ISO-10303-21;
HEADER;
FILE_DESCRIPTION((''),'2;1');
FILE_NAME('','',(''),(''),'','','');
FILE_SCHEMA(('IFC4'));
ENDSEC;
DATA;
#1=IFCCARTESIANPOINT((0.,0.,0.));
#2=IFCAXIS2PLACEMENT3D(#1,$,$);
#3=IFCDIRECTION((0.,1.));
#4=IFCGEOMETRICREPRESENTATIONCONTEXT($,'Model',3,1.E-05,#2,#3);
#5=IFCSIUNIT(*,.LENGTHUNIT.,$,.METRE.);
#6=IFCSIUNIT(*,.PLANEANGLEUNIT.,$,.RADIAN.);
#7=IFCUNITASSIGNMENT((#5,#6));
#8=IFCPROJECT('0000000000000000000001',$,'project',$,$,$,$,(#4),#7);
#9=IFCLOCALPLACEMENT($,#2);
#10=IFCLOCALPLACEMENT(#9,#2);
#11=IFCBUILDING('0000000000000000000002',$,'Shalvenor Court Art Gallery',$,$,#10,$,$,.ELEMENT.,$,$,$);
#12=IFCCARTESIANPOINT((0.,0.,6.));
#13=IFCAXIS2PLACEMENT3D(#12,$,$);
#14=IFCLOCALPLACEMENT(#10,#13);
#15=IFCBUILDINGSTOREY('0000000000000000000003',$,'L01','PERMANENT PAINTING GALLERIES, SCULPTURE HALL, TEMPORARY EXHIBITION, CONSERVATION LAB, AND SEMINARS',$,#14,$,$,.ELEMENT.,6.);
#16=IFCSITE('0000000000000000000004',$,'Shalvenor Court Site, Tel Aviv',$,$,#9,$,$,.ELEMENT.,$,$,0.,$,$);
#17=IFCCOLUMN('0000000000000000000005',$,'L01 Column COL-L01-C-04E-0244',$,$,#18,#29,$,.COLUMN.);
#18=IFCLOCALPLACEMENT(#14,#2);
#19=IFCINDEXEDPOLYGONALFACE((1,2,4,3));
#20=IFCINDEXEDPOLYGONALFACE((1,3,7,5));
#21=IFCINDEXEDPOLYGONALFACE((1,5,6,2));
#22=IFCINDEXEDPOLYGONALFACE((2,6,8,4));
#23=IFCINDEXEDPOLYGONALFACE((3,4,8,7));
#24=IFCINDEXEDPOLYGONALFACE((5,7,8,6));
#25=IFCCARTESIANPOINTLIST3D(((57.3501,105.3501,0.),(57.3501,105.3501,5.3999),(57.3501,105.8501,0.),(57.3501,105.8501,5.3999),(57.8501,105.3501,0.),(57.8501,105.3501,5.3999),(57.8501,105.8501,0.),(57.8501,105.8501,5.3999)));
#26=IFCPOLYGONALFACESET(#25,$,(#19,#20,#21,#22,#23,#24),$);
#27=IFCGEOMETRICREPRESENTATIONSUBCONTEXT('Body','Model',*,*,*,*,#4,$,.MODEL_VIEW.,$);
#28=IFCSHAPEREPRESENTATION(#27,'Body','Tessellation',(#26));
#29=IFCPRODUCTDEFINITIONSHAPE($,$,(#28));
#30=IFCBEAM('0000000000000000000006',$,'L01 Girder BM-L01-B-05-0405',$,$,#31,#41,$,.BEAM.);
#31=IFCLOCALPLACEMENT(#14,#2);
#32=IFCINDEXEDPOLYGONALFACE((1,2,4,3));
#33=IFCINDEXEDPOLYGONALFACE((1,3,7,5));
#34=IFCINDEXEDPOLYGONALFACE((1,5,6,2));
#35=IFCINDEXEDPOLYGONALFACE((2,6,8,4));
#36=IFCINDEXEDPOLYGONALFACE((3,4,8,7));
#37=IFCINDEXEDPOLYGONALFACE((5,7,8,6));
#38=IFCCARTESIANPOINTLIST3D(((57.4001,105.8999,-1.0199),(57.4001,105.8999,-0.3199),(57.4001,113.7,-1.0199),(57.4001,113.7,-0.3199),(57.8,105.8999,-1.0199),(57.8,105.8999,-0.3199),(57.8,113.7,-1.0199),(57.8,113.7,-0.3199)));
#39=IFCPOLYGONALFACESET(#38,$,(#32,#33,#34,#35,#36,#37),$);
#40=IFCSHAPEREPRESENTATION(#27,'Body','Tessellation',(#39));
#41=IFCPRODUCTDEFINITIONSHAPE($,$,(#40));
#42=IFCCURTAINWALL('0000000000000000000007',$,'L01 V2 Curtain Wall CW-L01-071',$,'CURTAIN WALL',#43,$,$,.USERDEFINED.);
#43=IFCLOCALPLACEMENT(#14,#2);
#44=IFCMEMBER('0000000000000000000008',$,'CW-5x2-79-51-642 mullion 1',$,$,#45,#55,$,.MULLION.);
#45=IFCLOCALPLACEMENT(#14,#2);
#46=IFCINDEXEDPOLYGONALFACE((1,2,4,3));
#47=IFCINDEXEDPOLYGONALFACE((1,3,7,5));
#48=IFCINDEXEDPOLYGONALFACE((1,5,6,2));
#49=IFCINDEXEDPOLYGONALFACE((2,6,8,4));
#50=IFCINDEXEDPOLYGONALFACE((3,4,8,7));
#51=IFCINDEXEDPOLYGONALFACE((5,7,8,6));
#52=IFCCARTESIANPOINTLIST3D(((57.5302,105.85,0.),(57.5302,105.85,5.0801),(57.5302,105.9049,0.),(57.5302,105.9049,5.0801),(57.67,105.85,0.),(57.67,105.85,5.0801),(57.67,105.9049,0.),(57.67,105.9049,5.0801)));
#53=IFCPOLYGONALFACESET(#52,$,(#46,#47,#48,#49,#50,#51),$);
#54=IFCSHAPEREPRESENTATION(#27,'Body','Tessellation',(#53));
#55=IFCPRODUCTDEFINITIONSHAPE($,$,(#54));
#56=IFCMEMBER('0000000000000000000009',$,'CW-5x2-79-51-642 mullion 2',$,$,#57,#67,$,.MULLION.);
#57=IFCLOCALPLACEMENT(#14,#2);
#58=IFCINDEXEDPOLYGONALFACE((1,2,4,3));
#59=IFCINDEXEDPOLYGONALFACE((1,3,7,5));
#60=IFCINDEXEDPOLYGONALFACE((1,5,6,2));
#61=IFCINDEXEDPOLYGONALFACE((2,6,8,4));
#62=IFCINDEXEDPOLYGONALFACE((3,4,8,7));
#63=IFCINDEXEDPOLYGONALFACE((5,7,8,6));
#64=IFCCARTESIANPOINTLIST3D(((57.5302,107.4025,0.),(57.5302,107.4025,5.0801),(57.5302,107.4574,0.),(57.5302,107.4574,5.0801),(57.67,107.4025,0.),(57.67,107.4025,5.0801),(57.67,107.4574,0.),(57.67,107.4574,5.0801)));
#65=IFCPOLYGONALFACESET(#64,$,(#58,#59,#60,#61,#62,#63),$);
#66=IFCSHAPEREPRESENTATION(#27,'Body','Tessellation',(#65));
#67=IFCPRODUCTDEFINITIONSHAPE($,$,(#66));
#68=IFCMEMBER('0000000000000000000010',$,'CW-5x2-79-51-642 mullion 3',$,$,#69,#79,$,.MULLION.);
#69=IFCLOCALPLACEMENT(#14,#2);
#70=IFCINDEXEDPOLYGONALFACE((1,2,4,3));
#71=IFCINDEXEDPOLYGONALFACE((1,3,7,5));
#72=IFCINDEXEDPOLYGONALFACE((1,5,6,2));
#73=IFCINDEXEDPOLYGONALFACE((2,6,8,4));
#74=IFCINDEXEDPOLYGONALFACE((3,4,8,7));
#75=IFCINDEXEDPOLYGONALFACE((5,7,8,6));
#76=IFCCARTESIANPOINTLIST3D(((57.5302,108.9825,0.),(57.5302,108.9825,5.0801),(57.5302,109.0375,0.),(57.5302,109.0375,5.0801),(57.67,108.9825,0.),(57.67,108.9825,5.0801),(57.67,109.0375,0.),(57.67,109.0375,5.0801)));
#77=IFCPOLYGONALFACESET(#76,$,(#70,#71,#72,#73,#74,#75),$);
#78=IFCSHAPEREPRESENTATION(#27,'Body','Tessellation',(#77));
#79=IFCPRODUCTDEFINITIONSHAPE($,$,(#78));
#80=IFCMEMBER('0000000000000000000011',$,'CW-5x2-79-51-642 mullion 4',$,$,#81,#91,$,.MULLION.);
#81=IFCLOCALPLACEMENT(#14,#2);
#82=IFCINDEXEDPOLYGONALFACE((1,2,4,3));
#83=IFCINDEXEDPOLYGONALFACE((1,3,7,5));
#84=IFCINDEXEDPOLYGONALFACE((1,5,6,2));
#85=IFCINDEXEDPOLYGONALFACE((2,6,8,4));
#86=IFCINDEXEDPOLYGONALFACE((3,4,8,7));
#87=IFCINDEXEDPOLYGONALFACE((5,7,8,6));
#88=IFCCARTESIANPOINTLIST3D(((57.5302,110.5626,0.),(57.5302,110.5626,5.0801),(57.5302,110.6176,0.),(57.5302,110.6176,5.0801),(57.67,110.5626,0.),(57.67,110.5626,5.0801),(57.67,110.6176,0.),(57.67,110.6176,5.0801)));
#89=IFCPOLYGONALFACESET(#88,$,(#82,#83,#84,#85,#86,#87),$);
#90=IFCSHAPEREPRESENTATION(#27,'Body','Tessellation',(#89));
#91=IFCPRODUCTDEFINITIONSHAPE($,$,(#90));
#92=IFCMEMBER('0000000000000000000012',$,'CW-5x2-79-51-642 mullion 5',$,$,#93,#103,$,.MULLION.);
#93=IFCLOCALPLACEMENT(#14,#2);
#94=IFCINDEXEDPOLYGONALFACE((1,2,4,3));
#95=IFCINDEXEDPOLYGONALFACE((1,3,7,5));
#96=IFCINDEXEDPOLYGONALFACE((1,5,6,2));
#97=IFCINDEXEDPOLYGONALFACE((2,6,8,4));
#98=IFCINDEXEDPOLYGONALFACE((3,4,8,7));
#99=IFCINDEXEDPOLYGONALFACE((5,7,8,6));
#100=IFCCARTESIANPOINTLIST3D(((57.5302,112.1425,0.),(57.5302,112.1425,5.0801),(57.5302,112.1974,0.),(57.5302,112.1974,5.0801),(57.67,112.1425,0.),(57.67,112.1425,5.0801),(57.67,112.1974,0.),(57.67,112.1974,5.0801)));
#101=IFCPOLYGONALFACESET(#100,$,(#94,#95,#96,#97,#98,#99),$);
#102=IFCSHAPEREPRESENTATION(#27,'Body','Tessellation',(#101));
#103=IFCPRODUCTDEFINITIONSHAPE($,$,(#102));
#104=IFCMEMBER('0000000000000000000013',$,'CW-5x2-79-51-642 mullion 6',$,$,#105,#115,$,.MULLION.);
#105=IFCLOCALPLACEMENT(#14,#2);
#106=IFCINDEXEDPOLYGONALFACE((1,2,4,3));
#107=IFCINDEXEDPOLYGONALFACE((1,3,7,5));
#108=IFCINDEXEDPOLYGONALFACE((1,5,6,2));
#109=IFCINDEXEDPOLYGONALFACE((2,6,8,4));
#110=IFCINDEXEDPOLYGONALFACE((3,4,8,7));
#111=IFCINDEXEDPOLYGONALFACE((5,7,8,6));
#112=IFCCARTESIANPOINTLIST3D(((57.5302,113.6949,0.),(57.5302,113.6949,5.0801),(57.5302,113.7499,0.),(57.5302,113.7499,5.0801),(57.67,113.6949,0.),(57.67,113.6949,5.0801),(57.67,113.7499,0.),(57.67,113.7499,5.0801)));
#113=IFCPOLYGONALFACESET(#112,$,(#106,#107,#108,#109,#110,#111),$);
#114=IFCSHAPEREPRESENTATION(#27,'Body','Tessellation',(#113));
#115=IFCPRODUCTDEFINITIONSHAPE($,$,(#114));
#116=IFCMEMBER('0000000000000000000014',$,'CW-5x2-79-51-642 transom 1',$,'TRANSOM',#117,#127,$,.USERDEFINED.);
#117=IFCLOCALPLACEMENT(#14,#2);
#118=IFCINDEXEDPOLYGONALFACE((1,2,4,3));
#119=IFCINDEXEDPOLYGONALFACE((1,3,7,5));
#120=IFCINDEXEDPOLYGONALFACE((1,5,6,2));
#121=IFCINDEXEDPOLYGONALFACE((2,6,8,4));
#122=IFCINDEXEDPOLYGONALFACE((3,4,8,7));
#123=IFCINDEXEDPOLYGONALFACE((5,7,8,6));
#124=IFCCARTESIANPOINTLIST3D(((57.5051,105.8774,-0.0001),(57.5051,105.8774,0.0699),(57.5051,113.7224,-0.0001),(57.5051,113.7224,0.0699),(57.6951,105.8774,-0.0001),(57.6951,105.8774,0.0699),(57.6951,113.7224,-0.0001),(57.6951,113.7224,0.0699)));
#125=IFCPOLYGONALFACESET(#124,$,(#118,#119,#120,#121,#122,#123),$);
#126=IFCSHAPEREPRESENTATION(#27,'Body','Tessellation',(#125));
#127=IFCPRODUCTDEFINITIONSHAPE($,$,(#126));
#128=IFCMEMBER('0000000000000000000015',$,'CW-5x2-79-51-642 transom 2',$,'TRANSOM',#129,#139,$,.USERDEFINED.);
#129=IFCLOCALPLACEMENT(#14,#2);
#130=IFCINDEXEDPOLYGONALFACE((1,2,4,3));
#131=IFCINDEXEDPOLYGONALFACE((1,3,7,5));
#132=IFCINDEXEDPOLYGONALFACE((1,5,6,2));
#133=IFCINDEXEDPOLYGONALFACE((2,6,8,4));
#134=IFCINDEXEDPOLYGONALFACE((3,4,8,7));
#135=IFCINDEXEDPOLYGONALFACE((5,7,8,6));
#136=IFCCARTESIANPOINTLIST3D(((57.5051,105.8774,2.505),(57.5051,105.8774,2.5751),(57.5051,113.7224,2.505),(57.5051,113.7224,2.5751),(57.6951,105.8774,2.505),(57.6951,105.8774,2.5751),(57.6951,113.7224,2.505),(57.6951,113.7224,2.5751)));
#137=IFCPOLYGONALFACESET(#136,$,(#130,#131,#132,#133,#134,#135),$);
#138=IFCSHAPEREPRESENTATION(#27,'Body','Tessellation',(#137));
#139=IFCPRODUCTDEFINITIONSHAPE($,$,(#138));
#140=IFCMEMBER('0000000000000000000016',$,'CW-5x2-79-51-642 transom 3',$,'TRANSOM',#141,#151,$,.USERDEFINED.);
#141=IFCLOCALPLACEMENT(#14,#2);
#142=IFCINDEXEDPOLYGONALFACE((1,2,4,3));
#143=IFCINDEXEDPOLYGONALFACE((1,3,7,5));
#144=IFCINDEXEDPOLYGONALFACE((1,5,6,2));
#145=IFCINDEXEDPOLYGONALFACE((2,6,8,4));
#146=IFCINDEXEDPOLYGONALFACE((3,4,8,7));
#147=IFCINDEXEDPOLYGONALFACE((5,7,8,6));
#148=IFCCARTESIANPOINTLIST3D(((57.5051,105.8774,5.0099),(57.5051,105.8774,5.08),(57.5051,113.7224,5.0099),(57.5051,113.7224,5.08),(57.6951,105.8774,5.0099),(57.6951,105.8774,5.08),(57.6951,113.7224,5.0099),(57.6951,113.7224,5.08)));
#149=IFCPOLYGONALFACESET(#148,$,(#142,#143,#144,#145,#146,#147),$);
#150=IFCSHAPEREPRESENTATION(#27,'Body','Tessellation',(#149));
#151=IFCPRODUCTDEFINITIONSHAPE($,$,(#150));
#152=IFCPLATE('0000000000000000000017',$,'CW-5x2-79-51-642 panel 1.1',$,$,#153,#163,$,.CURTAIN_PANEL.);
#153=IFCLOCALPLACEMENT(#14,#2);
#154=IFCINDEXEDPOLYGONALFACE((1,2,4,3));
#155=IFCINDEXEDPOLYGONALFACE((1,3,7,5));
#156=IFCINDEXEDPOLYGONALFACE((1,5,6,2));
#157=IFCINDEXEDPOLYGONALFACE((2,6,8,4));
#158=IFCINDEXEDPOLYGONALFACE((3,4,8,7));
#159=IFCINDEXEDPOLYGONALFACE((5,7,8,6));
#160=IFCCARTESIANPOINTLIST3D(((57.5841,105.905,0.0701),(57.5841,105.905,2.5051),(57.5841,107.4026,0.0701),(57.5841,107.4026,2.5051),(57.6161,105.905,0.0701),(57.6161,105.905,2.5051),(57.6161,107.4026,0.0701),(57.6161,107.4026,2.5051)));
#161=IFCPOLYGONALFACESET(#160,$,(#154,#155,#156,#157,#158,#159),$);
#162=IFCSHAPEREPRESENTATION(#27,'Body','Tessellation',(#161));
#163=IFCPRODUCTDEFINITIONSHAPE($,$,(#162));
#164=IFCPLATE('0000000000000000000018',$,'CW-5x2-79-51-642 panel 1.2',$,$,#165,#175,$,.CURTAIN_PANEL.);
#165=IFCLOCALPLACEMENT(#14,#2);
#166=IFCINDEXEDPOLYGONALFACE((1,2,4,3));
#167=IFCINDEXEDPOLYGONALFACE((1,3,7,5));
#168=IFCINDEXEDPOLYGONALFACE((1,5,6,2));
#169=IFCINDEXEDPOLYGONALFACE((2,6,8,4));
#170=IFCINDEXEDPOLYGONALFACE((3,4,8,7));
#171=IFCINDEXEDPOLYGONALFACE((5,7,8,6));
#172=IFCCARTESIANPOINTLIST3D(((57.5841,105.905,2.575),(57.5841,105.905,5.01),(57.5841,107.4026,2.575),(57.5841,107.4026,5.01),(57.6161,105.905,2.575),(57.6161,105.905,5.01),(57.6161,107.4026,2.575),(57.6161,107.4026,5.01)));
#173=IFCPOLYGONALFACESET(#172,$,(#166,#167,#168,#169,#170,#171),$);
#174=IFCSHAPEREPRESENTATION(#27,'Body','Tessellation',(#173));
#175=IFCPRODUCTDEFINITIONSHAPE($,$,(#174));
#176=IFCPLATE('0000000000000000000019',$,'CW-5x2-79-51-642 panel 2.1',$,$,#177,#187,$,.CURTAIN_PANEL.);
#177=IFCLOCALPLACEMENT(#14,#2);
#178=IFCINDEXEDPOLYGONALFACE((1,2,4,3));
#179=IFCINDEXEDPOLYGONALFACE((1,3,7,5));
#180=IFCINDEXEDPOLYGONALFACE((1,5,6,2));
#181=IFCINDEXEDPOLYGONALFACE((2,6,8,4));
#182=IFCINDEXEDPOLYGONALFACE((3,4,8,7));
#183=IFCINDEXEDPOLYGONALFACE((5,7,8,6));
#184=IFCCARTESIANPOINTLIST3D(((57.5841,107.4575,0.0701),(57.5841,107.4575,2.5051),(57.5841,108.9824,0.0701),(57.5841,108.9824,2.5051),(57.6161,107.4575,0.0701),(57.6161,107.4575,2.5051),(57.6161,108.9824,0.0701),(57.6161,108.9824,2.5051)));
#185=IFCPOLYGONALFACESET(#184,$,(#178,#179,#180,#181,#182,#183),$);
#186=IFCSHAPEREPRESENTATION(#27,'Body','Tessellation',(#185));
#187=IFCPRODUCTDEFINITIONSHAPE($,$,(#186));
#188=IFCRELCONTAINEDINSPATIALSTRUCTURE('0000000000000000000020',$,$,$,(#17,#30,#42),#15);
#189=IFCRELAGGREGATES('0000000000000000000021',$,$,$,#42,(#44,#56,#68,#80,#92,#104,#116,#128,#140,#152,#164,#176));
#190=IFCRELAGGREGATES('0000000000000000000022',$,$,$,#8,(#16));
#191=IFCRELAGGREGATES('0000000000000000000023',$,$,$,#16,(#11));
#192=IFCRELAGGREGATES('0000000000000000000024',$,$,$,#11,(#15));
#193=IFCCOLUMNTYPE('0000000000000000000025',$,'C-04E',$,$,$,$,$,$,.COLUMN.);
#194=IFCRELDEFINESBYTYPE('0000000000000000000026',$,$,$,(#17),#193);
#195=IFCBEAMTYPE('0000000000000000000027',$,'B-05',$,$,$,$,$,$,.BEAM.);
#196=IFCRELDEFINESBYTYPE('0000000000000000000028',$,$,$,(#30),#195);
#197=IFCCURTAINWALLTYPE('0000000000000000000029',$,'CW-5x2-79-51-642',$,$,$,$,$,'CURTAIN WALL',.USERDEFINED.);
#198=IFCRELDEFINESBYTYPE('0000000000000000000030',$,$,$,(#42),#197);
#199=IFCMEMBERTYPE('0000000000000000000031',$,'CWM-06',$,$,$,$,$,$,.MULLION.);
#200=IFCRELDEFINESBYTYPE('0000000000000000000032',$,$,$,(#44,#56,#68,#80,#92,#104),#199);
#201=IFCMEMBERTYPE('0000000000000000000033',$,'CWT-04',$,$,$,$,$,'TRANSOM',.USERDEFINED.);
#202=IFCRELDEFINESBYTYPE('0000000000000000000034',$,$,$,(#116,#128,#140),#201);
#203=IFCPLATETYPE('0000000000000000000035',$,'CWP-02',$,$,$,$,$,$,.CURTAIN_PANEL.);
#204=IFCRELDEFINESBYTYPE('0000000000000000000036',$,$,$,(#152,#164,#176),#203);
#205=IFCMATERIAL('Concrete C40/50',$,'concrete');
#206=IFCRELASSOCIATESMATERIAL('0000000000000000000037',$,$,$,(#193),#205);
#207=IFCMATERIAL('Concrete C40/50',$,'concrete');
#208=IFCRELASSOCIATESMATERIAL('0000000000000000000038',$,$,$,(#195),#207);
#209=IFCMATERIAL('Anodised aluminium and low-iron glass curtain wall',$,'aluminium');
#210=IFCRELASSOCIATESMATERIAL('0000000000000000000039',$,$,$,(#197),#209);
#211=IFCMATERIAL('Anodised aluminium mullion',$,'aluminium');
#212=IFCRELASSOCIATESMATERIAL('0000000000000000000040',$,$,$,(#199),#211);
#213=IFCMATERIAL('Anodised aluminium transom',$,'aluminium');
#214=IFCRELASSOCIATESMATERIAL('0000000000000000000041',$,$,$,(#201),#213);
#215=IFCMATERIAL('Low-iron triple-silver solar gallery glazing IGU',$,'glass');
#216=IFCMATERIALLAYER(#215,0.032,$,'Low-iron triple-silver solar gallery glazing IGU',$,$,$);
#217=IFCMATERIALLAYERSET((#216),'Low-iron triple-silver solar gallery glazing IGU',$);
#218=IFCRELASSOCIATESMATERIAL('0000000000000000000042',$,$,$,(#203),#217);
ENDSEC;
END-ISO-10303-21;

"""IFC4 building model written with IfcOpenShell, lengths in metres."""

from ifc_helpers import new_model, si_unit, direction, frame, origin, origin_2d, place, context, subcontext, project, spatial, rectangle, extrude, material, layer, layer_set, material_profile, profile_set, type_object, element, aggregate, save


model = new_model("IFC4")

# Units and contexts
model_context = context("Model", 3, precision=1e-05, world=origin(), true_north=direction((0.0, 1.0)))
body_context = subcontext(model_context, "Body", "Model", "MODEL_VIEW")
ifc_project = project(units=[si_unit("LENGTHUNIT", "METRE"), si_unit("PLANEANGLEUNIT", "RADIAN")], contexts=[model_context])

# Site, building, storey
site_placement = place(None, origin())
site = spatial("IfcSite", under=ifc_project, at=site_placement, Name="Shalvenor Court Site, Tel Aviv", CompositionType="ELEMENT", RefElevation=0.0)
building_placement = place(site_placement, origin())
building = spatial("IfcBuilding", under=site, at=building_placement, Name="Shalvenor Court Art Gallery", CompositionType="ELEMENT")
storey_placement = place(building_placement, frame((0.0, 0.0, 6.0)))
storey = spatial("IfcBuildingStorey", under=building, at=storey_placement, Name="L01", Description="PERMANENT PAINTING GALLERIES, SCULPTURE HALL, TEMPORARY EXHIBITION, CONSERVATION LAB, AND SEMINARS", CompositionType="ELEMENT", Elevation=6.0)

# Column
ifc_material_1 = material(Name="Concrete C40/50", Category="concrete")
ifc_material_profile_1 = material_profile(ifc_material_1, rectangle(XDim=0.5, YDim=0.5, at=origin_2d()), Name="RC 500x500")
ifc_profile_set_1 = profile_set([ifc_material_profile_1], Name="Concrete C40/50")
column_type = type_object("IfcColumnType", Name="C-04E", PredefinedType="COLUMN", material=ifc_profile_set_1)
column_placement = place(storey_placement, frame((57.6001, 105.6001, 0.0), z_axis=(0.0, 0.0, 1.0), x_axis=(1.0, 0.0, 0.0)))
element("IfcColumn", 1, at=column_placement, inside=storey, type_object=column_type, Name="L01 Column COL-L01-C-04E-0244", PredefinedType="COLUMN", context=body_context, shape_type="SweptSolid", body=[
    extrude(rectangle(XDim=0.5, YDim=0.5, at=origin_2d()), origin(), (0.0, 0.0, 1.0), 5.3999),
])

# Beam
ifc_material_2 = material(Name="Concrete C40/50", Category="concrete")
ifc_material_profile_2 = material_profile(ifc_material_2, rectangle(XDim=0.3999, YDim=0.7, at=origin_2d()), Name="RC 400x700")
ifc_profile_set_2 = profile_set([ifc_material_profile_2], Name="Concrete C40/50")
beam_type = type_object("IfcBeamType", Name="B-05", PredefinedType="BEAM", material=ifc_profile_set_2)
beam_placement = place(storey_placement, frame((57.6001, 105.8999, -0.6699), z_axis=(0.0, 1.0, 0.0), x_axis=(-1.0, 0.0, 0.0)))
element("IfcBeam", 2, at=beam_placement, inside=storey, type_object=beam_type, Name="L01 Girder BM-L01-B-05-0405", PredefinedType="BEAM", context=body_context, shape_type="SweptSolid", body=[
    extrude(rectangle(XDim=0.3999, YDim=0.7, at=origin_2d()), origin(), (0.0, 0.0, 1.0), 7.8),
])

# Curtain wall, members, plates
ifc_material_3 = material(Name="Anodised aluminium and low-iron glass curtain wall", Category="aluminium")
curtain_wall_type = type_object("IfcCurtainWallType", Name="CW-5x2-79-51-642", ElementType="CURTAIN WALL", PredefinedType="USERDEFINED", material=ifc_material_3)
curtain_wall_placement = place(storey_placement, origin())
curtain_wall = element("IfcCurtainWall", 3, at=curtain_wall_placement, inside=storey, type_object=curtain_wall_type, Name="L01 V2 Curtain Wall CW-L01-071", ObjectType="CURTAIN WALL", PredefinedType="USERDEFINED")
ifc_material_4 = material(Name="Anodised aluminium mullion", Category="aluminium")
ifc_material_profile_3 = material_profile(ifc_material_4, rectangle(XDim=0.0549, YDim=0.1399, at=origin_2d()), Name="CWM-06")
ifc_profile_set_3 = profile_set([ifc_material_profile_3], Name="Anodised aluminium mullion")
member_type_1 = type_object("IfcMemberType", Name="CWM-06", PredefinedType="MULLION", material=ifc_profile_set_3)
member_1_placement = place(storey_placement, frame((57.6001, 105.8774, 0.0), z_axis=(0.0, 0.0, 1.0), x_axis=(0.0, 1.0, 0.0)))
member_1 = element("IfcMember", 4, at=member_1_placement, type_object=member_type_1, Name="CW-5x2-79-51-642 mullion 1", PredefinedType="MULLION", context=body_context, shape_type="SweptSolid", body=[
    extrude(rectangle(XDim=0.0549, YDim=0.1399, at=origin_2d()), origin(), (0.0, 0.0, 1.0), 5.0801),
])
member_2_placement = place(storey_placement, frame((57.6001, 107.4299, 0.0), z_axis=(0.0, 0.0, 1.0), x_axis=(0.0, 1.0, 0.0)))
member_2 = element("IfcMember", 5, at=member_2_placement, type_object=member_type_1, Name="CW-5x2-79-51-642 mullion 2", PredefinedType="MULLION", context=body_context, shape_type="SweptSolid", body=[
    extrude(rectangle(XDim=0.0549, YDim=0.1399, at=origin_2d()), origin(), (0.0, 0.0, 1.0), 5.0801),
])
member_3_placement = place(storey_placement, frame((57.6001, 109.01, 0.0), z_axis=(0.0, 0.0, 1.0), x_axis=(0.0, 1.0, 0.0)))
member_3 = element("IfcMember", 6, at=member_3_placement, type_object=member_type_1, Name="CW-5x2-79-51-642 mullion 3", PredefinedType="MULLION", context=body_context, shape_type="SweptSolid", body=[
    extrude(rectangle(XDim=0.0549, YDim=0.1399, at=origin_2d()), origin(), (0.0, 0.0, 1.0), 5.0801),
])
member_4_placement = place(storey_placement, frame((57.6001, 110.5901, 0.0), z_axis=(0.0, 0.0, 1.0), x_axis=(0.0, 1.0, 0.0)))
member_4 = element("IfcMember", 7, at=member_4_placement, type_object=member_type_1, Name="CW-5x2-79-51-642 mullion 4", PredefinedType="MULLION", context=body_context, shape_type="SweptSolid", body=[
    extrude(rectangle(XDim=0.0549, YDim=0.1399, at=origin_2d()), origin(), (0.0, 0.0, 1.0), 5.0801),
])
member_5_placement = place(storey_placement, frame((57.6001, 112.1699, 0.0), z_axis=(0.0, 0.0, 1.0), x_axis=(0.0, 1.0, 0.0)))
member_5 = element("IfcMember", 8, at=member_5_placement, type_object=member_type_1, Name="CW-5x2-79-51-642 mullion 5", PredefinedType="MULLION", context=body_context, shape_type="SweptSolid", body=[
    extrude(rectangle(XDim=0.0549, YDim=0.1399, at=origin_2d()), origin(), (0.0, 0.0, 1.0), 5.0801),
])
member_6_placement = place(storey_placement, frame((57.6001, 113.7224, 0.0), z_axis=(0.0, 0.0, 1.0), x_axis=(0.0, 1.0, 0.0)))
member_6 = element("IfcMember", 9, at=member_6_placement, type_object=member_type_1, Name="CW-5x2-79-51-642 mullion 6", PredefinedType="MULLION", context=body_context, shape_type="SweptSolid", body=[
    extrude(rectangle(XDim=0.0549, YDim=0.1399, at=origin_2d()), origin(), (0.0, 0.0, 1.0), 5.0801),
])
ifc_material_5 = material(Name="Anodised aluminium transom", Category="aluminium")
ifc_material_profile_4 = material_profile(ifc_material_5, rectangle(XDim=0.1899, YDim=0.0701, at=origin_2d()), Name="CWT-04")
ifc_profile_set_4 = profile_set([ifc_material_profile_4], Name="Anodised aluminium transom")
member_type_2 = type_object("IfcMemberType", Name="CWT-04", ElementType="TRANSOM", PredefinedType="USERDEFINED", material=ifc_profile_set_4)
member_7_placement = place(storey_placement, frame((57.6001, 105.8774, 0.0349), z_axis=(0.0, 1.0, 0.0), x_axis=(-1.0, 0.0, 0.0)))
member_7 = element("IfcMember", 10, at=member_7_placement, type_object=member_type_2, Name="CW-5x2-79-51-642 transom 1", ObjectType="TRANSOM", PredefinedType="USERDEFINED", context=body_context, shape_type="SweptSolid", body=[
    extrude(rectangle(XDim=0.1899, YDim=0.0701, at=origin_2d()), origin(), (0.0, 0.0, 1.0), 7.845),
])
member_8_placement = place(storey_placement, frame((57.6001, 105.8774, 2.54), z_axis=(0.0, 1.0, 0.0), x_axis=(-1.0, 0.0, 0.0)))
member_8 = element("IfcMember", 11, at=member_8_placement, type_object=member_type_2, Name="CW-5x2-79-51-642 transom 2", ObjectType="TRANSOM", PredefinedType="USERDEFINED", context=body_context, shape_type="SweptSolid", body=[
    extrude(rectangle(XDim=0.1899, YDim=0.0701, at=origin_2d()), origin(), (0.0, 0.0, 1.0), 7.845),
])
member_9_placement = place(storey_placement, frame((57.6001, 105.8774, 5.0449), z_axis=(0.0, 1.0, 0.0), x_axis=(-1.0, 0.0, 0.0)))
member_9 = element("IfcMember", 12, at=member_9_placement, type_object=member_type_2, Name="CW-5x2-79-51-642 transom 3", ObjectType="TRANSOM", PredefinedType="USERDEFINED", context=body_context, shape_type="SweptSolid", body=[
    extrude(rectangle(XDim=0.1899, YDim=0.0701, at=origin_2d()), origin(), (0.0, 0.0, 1.0), 7.845),
])
ifc_material_6 = material(Name="Low-iron triple-silver solar gallery glazing IGU", Category="glass")
ifc_layer_1 = layer(ifc_material_6, 0.032, Name="Low-iron triple-silver solar gallery glazing IGU")
ifc_layer_set_1 = layer_set([ifc_layer_1], Name="Low-iron triple-silver solar gallery glazing IGU")
plate_type_1 = type_object("IfcPlateType", Name="CWP-02", PredefinedType="CURTAIN_PANEL", material=ifc_layer_set_1)
plate_1_placement = place(storey_placement, frame((57.6001, 106.6538, 0.0701), z_axis=(0.0, 0.0, 1.0), x_axis=(0.0, 1.0, 0.0)))
plate_1 = element("IfcPlate", 13, at=plate_1_placement, type_object=plate_type_1, Name="CW-5x2-79-51-642 panel 1.1", PredefinedType="CURTAIN_PANEL", context=body_context, shape_type="SweptSolid", body=[
    extrude(rectangle(XDim=1.4976, YDim=0.032, at=origin_2d()), origin(), (0.0, 0.0, 1.0), 2.4351),
])
plate_2_placement = place(storey_placement, frame((57.6001, 106.6538, 2.575), z_axis=(0.0, 0.0, 1.0), x_axis=(0.0, 1.0, 0.0)))
plate_2 = element("IfcPlate", 14, at=plate_2_placement, type_object=plate_type_1, Name="CW-5x2-79-51-642 panel 1.2", PredefinedType="CURTAIN_PANEL", context=body_context, shape_type="SweptSolid", body=[
    extrude(rectangle(XDim=1.4976, YDim=0.032, at=origin_2d()), origin(), (0.0, 0.0, 1.0), 2.4351),
])
plate_3_placement = place(storey_placement, frame((57.6001, 108.22, 0.0701), z_axis=(0.0, 0.0, 1.0), x_axis=(0.0, 1.0, 0.0)))
plate_3 = element("IfcPlate", 15, at=plate_3_placement, type_object=plate_type_1, Name="CW-5x2-79-51-642 panel 2.1", PredefinedType="CURTAIN_PANEL", context=body_context, shape_type="SweptSolid", body=[
    extrude(rectangle(XDim=1.5249, YDim=0.032, at=origin_2d()), origin(), (0.0, 0.0, 1.0), 2.4351),
])
aggregate(curtain_wall, [member_1, member_2, member_3, member_4, member_5, member_6, member_7, member_8, member_9, plate_1, plate_2, plate_3])

save(model, "model.ifc")
